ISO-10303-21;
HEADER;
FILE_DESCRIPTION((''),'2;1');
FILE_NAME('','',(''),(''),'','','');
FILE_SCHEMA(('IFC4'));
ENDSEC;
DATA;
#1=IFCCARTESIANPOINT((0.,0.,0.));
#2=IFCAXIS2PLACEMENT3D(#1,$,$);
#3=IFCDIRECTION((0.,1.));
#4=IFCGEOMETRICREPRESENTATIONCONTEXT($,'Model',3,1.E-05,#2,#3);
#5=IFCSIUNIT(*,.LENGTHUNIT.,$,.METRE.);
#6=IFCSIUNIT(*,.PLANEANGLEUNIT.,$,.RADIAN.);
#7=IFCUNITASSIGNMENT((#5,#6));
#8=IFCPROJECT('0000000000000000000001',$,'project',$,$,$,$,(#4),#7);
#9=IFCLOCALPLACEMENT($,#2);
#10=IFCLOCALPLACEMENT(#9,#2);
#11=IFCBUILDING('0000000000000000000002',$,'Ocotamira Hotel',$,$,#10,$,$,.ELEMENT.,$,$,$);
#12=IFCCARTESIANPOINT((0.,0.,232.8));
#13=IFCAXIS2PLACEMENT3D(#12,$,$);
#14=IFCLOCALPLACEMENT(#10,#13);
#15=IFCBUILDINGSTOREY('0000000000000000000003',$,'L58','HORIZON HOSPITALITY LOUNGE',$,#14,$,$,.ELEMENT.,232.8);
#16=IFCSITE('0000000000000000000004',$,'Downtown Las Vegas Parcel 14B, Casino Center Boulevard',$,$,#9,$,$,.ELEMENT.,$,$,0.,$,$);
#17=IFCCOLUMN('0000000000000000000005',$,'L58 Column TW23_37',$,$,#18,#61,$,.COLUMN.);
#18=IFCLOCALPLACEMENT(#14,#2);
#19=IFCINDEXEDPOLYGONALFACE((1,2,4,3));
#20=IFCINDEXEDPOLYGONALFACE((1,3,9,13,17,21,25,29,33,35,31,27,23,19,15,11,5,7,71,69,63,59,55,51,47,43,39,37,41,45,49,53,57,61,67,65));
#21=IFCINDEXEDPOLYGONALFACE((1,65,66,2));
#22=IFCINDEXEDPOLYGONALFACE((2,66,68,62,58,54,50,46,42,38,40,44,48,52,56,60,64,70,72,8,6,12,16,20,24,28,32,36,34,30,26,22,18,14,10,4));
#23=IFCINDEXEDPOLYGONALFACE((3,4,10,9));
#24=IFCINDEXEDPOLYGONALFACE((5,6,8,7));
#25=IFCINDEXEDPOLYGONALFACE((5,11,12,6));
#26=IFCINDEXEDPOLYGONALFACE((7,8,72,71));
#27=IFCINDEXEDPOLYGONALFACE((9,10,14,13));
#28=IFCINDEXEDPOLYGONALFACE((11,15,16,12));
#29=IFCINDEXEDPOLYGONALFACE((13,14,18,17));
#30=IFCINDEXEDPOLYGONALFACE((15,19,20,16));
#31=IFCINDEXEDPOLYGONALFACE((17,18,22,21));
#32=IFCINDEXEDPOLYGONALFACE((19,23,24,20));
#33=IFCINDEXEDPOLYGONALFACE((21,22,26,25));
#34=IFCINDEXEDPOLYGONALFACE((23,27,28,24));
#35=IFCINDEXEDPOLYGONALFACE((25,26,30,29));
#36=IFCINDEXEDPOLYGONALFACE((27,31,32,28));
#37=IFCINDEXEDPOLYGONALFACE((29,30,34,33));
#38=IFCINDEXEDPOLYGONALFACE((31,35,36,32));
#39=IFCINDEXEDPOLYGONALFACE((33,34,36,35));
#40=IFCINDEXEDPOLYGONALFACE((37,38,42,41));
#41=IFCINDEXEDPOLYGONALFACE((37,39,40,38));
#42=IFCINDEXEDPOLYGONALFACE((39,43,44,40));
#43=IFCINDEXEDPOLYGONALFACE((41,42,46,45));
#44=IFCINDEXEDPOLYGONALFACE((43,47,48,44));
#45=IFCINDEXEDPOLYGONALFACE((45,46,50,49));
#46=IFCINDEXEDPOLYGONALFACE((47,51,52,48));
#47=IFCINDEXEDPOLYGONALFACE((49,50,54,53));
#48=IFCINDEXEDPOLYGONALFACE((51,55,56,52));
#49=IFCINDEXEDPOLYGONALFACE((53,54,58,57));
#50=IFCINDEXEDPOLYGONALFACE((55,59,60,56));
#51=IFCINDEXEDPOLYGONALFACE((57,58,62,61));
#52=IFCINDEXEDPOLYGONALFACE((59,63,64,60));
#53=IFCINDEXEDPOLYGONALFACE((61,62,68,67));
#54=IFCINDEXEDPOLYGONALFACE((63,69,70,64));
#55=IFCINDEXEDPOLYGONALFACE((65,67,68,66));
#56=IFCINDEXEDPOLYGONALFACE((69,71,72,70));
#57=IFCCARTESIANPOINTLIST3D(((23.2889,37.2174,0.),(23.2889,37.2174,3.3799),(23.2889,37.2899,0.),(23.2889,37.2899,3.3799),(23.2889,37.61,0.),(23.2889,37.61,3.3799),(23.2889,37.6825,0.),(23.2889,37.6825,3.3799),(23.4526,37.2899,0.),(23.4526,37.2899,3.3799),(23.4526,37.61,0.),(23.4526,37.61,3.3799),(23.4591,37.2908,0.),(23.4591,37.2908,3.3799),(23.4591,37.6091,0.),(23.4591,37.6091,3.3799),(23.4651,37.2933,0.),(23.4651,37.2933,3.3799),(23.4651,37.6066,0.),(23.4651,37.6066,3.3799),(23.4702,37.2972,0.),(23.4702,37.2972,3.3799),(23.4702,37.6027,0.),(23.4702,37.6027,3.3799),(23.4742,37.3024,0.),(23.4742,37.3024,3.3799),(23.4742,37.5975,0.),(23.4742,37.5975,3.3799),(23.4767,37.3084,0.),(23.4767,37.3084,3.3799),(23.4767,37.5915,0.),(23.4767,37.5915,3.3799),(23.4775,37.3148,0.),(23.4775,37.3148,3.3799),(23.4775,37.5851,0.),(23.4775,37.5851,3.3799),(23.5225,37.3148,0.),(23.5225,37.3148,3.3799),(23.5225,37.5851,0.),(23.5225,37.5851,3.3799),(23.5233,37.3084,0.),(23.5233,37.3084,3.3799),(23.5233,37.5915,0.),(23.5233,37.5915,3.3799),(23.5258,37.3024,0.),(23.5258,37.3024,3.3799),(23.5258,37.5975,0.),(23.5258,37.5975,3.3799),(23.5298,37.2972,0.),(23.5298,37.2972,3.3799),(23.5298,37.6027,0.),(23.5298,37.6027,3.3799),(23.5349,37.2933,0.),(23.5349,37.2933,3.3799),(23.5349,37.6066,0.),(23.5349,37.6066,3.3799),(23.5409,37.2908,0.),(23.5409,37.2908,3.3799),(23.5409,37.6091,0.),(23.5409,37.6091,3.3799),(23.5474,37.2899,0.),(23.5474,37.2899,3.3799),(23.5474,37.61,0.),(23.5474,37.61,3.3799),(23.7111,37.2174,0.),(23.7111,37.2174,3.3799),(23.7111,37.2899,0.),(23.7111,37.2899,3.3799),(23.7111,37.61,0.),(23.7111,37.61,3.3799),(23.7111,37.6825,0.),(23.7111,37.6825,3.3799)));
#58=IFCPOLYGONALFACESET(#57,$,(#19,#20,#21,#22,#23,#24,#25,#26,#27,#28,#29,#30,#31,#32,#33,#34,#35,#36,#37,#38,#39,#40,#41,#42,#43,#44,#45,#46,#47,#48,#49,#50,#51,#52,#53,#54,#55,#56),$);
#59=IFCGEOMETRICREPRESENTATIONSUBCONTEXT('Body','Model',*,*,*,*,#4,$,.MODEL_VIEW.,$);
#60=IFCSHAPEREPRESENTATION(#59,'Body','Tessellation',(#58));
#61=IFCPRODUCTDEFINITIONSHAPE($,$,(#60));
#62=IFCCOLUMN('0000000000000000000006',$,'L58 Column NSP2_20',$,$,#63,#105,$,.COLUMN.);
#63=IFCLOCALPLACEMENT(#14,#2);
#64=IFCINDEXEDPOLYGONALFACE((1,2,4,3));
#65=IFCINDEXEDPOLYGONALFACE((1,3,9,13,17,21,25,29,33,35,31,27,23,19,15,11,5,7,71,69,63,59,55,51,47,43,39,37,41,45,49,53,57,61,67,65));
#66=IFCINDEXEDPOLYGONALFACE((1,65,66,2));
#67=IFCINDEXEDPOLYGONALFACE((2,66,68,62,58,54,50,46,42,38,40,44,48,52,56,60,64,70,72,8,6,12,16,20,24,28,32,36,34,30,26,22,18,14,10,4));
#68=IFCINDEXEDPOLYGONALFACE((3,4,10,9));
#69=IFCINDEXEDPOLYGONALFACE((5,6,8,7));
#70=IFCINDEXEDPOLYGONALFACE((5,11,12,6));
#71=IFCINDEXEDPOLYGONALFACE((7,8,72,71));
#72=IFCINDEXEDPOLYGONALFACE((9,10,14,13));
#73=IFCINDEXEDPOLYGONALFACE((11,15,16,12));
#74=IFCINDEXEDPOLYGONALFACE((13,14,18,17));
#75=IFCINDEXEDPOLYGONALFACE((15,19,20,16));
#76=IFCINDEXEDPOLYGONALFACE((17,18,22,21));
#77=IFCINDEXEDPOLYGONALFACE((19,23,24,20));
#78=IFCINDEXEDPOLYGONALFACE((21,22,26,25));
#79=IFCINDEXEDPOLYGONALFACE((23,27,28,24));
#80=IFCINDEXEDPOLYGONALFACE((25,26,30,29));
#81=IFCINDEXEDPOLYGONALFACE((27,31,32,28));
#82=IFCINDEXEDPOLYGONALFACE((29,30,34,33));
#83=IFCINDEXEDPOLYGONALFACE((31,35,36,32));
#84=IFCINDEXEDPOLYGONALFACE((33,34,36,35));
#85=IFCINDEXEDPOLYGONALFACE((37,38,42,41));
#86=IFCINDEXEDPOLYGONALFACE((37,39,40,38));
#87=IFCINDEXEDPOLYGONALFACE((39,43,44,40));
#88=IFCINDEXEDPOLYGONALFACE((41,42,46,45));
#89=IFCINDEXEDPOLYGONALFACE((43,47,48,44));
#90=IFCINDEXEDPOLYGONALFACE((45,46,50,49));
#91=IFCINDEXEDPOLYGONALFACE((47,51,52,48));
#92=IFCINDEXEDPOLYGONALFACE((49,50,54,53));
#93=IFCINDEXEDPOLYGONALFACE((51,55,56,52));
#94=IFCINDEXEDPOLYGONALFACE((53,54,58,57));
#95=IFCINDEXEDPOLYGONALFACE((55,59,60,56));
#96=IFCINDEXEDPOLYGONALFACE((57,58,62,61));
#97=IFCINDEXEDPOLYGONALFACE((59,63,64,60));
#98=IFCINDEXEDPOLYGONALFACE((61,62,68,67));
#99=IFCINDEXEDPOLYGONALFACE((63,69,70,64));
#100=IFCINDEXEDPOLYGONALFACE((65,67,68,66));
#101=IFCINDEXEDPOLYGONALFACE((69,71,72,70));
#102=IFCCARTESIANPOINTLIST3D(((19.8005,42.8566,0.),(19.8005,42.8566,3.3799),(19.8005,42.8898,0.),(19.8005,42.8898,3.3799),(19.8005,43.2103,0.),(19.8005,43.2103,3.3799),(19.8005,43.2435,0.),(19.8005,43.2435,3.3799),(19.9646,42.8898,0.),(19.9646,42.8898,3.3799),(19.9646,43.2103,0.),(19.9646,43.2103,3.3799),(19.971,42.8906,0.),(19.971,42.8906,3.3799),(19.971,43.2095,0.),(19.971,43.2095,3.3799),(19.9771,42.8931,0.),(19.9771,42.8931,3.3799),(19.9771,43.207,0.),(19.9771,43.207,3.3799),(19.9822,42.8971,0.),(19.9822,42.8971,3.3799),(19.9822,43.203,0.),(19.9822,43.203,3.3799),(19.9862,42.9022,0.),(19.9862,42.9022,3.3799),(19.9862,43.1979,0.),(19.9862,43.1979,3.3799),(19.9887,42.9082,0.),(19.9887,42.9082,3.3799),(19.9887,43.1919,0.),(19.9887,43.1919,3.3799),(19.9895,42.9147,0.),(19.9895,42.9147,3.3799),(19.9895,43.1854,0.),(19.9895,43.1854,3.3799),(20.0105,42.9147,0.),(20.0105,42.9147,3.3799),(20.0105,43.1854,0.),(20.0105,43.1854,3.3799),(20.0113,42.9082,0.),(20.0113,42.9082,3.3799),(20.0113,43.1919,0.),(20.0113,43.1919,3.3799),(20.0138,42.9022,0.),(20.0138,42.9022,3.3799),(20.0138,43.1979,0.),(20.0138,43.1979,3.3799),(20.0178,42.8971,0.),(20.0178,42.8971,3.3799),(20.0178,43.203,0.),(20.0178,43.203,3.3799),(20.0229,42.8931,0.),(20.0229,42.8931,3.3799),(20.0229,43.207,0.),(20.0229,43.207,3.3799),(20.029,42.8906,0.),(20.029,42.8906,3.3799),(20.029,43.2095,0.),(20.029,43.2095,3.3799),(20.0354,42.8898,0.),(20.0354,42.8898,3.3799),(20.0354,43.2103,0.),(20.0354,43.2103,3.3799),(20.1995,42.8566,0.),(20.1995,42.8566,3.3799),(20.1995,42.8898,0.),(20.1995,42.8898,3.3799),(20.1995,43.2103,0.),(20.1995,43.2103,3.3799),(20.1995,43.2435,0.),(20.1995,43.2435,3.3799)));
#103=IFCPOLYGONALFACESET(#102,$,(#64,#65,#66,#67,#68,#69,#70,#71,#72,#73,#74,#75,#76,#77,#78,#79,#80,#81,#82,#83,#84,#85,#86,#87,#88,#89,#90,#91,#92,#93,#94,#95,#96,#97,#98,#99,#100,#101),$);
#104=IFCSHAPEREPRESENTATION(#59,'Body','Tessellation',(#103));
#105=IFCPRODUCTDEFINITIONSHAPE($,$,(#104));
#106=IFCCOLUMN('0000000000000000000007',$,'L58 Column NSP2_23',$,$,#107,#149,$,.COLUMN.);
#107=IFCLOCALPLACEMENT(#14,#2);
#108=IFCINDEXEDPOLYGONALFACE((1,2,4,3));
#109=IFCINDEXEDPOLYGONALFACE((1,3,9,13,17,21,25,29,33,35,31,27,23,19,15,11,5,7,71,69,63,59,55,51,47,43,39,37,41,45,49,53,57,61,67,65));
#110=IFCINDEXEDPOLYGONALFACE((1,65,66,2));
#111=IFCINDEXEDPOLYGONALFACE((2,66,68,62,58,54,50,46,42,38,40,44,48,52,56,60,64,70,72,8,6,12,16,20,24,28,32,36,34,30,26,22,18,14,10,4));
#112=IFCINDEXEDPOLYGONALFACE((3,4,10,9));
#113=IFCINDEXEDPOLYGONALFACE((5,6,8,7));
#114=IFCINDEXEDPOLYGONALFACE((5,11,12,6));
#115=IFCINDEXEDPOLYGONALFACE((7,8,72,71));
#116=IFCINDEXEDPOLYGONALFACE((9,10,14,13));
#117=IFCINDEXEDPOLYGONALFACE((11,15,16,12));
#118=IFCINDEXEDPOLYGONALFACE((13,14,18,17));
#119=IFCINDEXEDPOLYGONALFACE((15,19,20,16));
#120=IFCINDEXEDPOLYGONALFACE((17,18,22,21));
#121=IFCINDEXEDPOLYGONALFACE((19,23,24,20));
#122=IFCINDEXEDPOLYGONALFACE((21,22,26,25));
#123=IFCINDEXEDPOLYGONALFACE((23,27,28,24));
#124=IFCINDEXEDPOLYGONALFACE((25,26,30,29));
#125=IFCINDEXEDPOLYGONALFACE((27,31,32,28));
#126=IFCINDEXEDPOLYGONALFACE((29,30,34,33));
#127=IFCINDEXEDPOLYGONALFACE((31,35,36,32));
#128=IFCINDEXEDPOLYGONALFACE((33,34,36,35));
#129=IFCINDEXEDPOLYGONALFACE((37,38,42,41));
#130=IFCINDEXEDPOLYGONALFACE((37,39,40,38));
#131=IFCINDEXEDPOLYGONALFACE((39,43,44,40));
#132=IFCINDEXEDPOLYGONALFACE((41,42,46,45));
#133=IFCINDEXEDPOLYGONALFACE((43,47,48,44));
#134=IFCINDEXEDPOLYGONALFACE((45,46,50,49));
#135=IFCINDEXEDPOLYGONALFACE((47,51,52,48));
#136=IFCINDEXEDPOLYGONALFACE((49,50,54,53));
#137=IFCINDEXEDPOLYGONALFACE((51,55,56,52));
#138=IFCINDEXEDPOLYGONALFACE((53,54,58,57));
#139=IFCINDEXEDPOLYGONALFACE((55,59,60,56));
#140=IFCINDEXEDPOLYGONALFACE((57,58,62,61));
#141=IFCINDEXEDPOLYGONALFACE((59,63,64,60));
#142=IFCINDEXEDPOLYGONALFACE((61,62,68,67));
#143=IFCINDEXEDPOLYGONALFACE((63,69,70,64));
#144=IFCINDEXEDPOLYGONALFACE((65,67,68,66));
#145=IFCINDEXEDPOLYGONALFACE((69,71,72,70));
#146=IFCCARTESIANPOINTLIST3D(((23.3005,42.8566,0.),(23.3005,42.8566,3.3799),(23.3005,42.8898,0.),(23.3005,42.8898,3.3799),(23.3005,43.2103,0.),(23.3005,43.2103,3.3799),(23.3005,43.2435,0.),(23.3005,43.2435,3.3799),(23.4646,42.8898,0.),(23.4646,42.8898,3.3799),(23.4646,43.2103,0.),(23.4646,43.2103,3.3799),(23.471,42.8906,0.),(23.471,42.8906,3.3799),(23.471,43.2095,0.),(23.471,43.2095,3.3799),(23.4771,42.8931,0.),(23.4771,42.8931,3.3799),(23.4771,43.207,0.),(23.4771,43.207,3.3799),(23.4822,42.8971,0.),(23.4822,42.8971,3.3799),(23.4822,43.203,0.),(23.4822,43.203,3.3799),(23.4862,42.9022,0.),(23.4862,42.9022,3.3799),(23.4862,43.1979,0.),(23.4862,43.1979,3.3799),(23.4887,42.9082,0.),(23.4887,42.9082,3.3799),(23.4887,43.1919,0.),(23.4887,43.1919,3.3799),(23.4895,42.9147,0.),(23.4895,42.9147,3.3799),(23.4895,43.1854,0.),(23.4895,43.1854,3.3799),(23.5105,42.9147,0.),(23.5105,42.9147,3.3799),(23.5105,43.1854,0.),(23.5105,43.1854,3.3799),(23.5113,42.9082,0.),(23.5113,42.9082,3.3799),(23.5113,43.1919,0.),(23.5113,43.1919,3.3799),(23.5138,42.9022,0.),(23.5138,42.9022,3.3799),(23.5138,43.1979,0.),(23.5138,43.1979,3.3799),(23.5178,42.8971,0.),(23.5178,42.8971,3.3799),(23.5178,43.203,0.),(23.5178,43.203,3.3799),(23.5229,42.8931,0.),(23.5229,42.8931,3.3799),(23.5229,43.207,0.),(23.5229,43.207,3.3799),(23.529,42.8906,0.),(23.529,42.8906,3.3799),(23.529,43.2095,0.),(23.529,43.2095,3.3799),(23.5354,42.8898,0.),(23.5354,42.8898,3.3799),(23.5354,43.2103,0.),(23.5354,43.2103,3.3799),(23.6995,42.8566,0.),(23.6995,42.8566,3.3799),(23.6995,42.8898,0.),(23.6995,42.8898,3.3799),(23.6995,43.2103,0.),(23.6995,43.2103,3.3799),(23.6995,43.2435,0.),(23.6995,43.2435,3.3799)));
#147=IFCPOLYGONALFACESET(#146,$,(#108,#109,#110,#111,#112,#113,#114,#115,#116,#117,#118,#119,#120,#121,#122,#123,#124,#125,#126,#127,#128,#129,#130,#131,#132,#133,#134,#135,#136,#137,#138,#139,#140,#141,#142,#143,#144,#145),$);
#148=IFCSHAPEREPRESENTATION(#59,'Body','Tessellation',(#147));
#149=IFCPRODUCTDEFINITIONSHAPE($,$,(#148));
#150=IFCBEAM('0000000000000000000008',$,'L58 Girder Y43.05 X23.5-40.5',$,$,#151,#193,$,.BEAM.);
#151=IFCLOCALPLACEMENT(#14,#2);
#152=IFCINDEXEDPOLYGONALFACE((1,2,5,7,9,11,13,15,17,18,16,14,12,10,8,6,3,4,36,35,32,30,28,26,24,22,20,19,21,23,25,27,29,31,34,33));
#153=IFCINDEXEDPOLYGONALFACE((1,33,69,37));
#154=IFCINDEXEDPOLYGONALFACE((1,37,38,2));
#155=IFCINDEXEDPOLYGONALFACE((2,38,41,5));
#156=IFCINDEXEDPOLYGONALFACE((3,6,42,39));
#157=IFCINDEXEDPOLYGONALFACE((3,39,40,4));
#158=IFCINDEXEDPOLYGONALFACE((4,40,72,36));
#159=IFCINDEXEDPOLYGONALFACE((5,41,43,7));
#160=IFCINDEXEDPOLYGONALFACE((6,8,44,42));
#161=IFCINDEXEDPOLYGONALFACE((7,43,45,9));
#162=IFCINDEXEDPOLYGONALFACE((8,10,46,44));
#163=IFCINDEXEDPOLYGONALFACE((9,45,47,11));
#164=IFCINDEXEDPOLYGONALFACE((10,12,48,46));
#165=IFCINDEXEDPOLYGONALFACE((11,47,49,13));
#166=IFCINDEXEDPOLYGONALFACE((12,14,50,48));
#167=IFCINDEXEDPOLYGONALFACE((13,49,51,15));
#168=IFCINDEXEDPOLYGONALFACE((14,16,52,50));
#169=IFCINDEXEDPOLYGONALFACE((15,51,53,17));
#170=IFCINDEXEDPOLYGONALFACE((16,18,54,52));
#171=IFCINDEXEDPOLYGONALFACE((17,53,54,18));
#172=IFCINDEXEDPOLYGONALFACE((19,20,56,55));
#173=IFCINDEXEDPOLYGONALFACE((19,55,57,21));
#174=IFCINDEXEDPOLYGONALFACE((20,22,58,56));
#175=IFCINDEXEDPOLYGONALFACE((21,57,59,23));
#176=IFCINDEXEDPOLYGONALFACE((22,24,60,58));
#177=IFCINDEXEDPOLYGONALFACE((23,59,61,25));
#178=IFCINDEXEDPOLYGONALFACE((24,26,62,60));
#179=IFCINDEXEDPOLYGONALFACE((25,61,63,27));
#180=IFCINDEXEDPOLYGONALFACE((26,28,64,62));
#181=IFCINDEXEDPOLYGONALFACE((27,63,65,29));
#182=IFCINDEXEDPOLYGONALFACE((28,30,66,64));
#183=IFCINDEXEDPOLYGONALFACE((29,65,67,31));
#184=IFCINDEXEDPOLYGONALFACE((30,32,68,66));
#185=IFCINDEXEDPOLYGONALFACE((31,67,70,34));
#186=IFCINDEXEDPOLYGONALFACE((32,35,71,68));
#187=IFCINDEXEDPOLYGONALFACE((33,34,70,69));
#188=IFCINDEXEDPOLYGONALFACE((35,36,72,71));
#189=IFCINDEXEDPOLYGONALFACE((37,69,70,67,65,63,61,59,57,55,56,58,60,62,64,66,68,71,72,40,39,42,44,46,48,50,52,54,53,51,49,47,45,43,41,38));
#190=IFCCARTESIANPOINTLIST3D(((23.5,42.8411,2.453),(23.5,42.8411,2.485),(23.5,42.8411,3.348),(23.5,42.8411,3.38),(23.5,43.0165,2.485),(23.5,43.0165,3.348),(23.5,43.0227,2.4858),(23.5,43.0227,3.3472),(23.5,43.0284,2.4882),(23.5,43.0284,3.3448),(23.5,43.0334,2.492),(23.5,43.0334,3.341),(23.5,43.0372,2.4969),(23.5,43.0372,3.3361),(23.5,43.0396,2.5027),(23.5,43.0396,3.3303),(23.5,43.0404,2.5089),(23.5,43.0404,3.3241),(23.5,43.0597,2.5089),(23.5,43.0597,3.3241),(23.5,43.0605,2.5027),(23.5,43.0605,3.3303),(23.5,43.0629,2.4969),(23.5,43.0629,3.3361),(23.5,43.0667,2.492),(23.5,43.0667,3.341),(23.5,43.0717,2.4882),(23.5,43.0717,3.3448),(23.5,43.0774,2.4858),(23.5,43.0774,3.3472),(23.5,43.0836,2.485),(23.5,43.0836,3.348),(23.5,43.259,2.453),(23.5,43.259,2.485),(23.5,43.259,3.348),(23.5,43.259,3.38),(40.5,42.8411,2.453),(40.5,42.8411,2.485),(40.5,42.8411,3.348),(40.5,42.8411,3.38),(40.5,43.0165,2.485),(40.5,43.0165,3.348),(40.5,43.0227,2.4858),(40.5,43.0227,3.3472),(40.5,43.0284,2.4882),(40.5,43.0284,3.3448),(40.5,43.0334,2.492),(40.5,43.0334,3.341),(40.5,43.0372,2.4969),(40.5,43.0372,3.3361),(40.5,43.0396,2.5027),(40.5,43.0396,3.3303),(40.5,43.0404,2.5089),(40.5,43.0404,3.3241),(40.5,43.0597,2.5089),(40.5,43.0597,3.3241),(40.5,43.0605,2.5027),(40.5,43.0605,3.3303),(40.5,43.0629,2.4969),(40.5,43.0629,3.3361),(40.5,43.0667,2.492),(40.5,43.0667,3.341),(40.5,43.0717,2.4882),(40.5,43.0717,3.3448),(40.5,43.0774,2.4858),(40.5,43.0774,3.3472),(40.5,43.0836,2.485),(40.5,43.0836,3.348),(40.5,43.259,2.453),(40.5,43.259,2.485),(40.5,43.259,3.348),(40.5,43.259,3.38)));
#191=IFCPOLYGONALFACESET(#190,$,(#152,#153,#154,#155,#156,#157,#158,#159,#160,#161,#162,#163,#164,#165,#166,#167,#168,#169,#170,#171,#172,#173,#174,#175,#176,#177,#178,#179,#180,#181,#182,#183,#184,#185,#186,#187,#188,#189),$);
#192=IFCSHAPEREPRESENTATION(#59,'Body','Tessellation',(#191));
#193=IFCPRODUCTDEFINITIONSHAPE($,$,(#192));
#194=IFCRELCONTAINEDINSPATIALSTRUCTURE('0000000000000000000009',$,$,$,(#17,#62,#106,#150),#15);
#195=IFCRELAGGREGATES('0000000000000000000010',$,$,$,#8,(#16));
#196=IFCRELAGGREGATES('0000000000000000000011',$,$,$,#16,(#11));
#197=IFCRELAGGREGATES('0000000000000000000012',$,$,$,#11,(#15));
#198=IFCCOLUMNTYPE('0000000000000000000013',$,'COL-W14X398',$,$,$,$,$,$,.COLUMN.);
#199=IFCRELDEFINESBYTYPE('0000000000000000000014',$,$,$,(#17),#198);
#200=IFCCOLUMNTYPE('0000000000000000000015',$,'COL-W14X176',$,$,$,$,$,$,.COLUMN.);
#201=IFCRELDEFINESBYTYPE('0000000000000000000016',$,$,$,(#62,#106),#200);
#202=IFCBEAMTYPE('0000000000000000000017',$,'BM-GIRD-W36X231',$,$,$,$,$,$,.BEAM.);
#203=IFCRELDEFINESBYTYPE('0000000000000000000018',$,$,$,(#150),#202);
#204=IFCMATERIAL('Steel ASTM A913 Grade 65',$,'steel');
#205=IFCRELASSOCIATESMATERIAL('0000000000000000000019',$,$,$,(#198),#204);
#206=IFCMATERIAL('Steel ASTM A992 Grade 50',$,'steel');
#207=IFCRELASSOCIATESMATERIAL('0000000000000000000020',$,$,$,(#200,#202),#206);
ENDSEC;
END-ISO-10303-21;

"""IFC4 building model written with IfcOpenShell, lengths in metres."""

from ifc_helpers import new_model, si_unit, direction, frame, origin, origin_2d, place, context, subcontext, project, spatial, i_section, extrude, source, transform, mapped, material, material_profile, profile_set, type_object, element, save


model = new_model("IFC4")

# Units and contexts
model_context = context("Model", 3, precision=1e-05, world=origin(), true_north=direction((0.0, 1.0)))
body_context = subcontext(model_context, "Body", "Model", "MODEL_VIEW")
ifc_project = project(units=[si_unit("LENGTHUNIT", "METRE"), si_unit("PLANEANGLEUNIT", "RADIAN")], contexts=[model_context])

# Site, building, storey
site_placement = place(None, origin())
site = spatial("IfcSite", under=ifc_project, at=site_placement, Name="Downtown Las Vegas Parcel 14B, Casino Center Boulevard", CompositionType="ELEMENT", RefElevation=0.0)
building_placement = place(site_placement, origin())
building = spatial("IfcBuilding", under=site, at=building_placement, Name="Ocotamira Hotel", CompositionType="ELEMENT")
storey_placement = place(building_placement, frame((0.0, 0.0, 232.8)))
storey = spatial("IfcBuildingStorey", under=building, at=storey_placement, Name="L58", Description="HORIZON HOSPITALITY LOUNGE", CompositionType="ELEMENT", Elevation=232.8)

# Columns
ifc_material_1 = material(Name="Steel ASTM A913 Grade 65", Category="steel")
ifc_material_profile_1 = material_profile(ifc_material_1, i_section(OverallWidth=0.4221, OverallDepth=0.4651, WebThickness=0.0449, FlangeThickness=0.0725, FilletRadius=0.0249, at=origin_2d()), Name="W14X398")
ifc_profile_set_1 = profile_set([ifc_material_profile_1], Name="Steel ASTM A913 Grade 65")
column_type_1 = type_object("IfcColumnType", Name="COL-W14X398", PredefinedType="COLUMN", material=ifc_profile_set_1)
shared_shape_1 = source(origin(), body_context, "Body", "SweptSolid", [
    extrude(i_section(OverallWidth=0.4221, OverallDepth=0.4651, WebThickness=0.0449, FlangeThickness=0.0725, FilletRadius=0.0249, at=origin_2d()), origin(), (0.0, 0.0, 1.0), 3.3799),
])
column_placement = place(storey_placement, frame((23.5, 37.45, 0.0), z_axis=(0.0, 0.0, 1.0), x_axis=(1.0, 0.0, 0.0)))
element("IfcColumn", 1, at=column_placement, inside=storey, type_object=column_type_1, Name="L58 Column TW23_37", PredefinedType="COLUMN", context=body_context, shape_type="MappedRepresentation", body=[
    mapped(shared_shape_1, transform((0.0, 0.0, 0.0), scale=1.0)),
])
ifc_material_2 = material(Name="Steel ASTM A992 Grade 50", Category="steel")
ifc_material_profile_2 = material_profile(ifc_material_2, i_section(OverallWidth=0.3989, OverallDepth=0.387, WebThickness=0.021, FlangeThickness=0.0332, FilletRadius=0.0249, at=origin_2d()), Name="W14X176")
ifc_profile_set_2 = profile_set([ifc_material_profile_2], Name="Steel ASTM A992 Grade 50")
column_type_2 = type_object("IfcColumnType", Name="COL-W14X176", PredefinedType="COLUMN", material=ifc_profile_set_2)
shared_shape_2 = source(origin(), body_context, "Body", "SweptSolid", [
    extrude(i_section(OverallWidth=0.3989, OverallDepth=0.387, WebThickness=0.021, FlangeThickness=0.0332, FilletRadius=0.0249, at=origin_2d()), origin(), (0.0, 0.0, 1.0), 3.3799),
])
for number, where, z_axis, x_axis, name in (
    (2, (20.0, 43.05, 0.0), (0.0, 0.0, 1.0), (1.0, 0.0, 0.0), "L58 Column NSP2_20"),
    (3, (23.5, 43.05, 0.0), (0.0, 0.0, 1.0), (1.0, 0.0, 0.0), "L58 Column NSP2_23"),
):
    element("IfcColumn", number, at=place(storey_placement, frame(where, z_axis=z_axis, x_axis=x_axis)), inside=storey, type_object=column_type_2, Name=name, PredefinedType="COLUMN", context=body_context, shape_type="MappedRepresentation", body=[
        mapped(shared_shape_2, transform((0.0, 0.0, 0.0), scale=1.0)),
    ])

# Beam
ifc_material_profile_3 = material_profile(ifc_material_2, i_section(OverallWidth=0.418, OverallDepth=0.927, WebThickness=0.0193, FlangeThickness=0.032, FilletRadius=0.0239, at=origin_2d()), Name="W36X231")
ifc_profile_set_3 = profile_set([ifc_material_profile_3], Name="Steel ASTM A992 Grade 50")
beam_type_1 = type_object("IfcBeamType", Name="BM-GIRD-W36X231", PredefinedType="BEAM", material=ifc_profile_set_3)
shared_shape_3 = source(origin(), body_context, "Body", "SweptSolid", [
    extrude(i_section(OverallWidth=0.418, OverallDepth=0.927, WebThickness=0.0193, FlangeThickness=0.032, FilletRadius=0.0239, at=origin_2d()), origin(), (0.0, 0.0, 1.0), 17.0),
])
beam_1_placement = place(storey_placement, frame((23.5, 43.05, 2.9165), z_axis=(1.0, 0.0, 0.0), x_axis=(0.0, 1.0, 0.0)))
element("IfcBeam", 4, at=beam_1_placement, inside=storey, type_object=beam_type_1, Name="L58 Girder Y43.05 X23.5-40.5", PredefinedType="BEAM", context=body_context, shape_type="MappedRepresentation", body=[
    mapped(shared_shape_3, transform((0.0, 0.0, 0.0), scale=1.0)),
])

save(model, "model.ifc")
